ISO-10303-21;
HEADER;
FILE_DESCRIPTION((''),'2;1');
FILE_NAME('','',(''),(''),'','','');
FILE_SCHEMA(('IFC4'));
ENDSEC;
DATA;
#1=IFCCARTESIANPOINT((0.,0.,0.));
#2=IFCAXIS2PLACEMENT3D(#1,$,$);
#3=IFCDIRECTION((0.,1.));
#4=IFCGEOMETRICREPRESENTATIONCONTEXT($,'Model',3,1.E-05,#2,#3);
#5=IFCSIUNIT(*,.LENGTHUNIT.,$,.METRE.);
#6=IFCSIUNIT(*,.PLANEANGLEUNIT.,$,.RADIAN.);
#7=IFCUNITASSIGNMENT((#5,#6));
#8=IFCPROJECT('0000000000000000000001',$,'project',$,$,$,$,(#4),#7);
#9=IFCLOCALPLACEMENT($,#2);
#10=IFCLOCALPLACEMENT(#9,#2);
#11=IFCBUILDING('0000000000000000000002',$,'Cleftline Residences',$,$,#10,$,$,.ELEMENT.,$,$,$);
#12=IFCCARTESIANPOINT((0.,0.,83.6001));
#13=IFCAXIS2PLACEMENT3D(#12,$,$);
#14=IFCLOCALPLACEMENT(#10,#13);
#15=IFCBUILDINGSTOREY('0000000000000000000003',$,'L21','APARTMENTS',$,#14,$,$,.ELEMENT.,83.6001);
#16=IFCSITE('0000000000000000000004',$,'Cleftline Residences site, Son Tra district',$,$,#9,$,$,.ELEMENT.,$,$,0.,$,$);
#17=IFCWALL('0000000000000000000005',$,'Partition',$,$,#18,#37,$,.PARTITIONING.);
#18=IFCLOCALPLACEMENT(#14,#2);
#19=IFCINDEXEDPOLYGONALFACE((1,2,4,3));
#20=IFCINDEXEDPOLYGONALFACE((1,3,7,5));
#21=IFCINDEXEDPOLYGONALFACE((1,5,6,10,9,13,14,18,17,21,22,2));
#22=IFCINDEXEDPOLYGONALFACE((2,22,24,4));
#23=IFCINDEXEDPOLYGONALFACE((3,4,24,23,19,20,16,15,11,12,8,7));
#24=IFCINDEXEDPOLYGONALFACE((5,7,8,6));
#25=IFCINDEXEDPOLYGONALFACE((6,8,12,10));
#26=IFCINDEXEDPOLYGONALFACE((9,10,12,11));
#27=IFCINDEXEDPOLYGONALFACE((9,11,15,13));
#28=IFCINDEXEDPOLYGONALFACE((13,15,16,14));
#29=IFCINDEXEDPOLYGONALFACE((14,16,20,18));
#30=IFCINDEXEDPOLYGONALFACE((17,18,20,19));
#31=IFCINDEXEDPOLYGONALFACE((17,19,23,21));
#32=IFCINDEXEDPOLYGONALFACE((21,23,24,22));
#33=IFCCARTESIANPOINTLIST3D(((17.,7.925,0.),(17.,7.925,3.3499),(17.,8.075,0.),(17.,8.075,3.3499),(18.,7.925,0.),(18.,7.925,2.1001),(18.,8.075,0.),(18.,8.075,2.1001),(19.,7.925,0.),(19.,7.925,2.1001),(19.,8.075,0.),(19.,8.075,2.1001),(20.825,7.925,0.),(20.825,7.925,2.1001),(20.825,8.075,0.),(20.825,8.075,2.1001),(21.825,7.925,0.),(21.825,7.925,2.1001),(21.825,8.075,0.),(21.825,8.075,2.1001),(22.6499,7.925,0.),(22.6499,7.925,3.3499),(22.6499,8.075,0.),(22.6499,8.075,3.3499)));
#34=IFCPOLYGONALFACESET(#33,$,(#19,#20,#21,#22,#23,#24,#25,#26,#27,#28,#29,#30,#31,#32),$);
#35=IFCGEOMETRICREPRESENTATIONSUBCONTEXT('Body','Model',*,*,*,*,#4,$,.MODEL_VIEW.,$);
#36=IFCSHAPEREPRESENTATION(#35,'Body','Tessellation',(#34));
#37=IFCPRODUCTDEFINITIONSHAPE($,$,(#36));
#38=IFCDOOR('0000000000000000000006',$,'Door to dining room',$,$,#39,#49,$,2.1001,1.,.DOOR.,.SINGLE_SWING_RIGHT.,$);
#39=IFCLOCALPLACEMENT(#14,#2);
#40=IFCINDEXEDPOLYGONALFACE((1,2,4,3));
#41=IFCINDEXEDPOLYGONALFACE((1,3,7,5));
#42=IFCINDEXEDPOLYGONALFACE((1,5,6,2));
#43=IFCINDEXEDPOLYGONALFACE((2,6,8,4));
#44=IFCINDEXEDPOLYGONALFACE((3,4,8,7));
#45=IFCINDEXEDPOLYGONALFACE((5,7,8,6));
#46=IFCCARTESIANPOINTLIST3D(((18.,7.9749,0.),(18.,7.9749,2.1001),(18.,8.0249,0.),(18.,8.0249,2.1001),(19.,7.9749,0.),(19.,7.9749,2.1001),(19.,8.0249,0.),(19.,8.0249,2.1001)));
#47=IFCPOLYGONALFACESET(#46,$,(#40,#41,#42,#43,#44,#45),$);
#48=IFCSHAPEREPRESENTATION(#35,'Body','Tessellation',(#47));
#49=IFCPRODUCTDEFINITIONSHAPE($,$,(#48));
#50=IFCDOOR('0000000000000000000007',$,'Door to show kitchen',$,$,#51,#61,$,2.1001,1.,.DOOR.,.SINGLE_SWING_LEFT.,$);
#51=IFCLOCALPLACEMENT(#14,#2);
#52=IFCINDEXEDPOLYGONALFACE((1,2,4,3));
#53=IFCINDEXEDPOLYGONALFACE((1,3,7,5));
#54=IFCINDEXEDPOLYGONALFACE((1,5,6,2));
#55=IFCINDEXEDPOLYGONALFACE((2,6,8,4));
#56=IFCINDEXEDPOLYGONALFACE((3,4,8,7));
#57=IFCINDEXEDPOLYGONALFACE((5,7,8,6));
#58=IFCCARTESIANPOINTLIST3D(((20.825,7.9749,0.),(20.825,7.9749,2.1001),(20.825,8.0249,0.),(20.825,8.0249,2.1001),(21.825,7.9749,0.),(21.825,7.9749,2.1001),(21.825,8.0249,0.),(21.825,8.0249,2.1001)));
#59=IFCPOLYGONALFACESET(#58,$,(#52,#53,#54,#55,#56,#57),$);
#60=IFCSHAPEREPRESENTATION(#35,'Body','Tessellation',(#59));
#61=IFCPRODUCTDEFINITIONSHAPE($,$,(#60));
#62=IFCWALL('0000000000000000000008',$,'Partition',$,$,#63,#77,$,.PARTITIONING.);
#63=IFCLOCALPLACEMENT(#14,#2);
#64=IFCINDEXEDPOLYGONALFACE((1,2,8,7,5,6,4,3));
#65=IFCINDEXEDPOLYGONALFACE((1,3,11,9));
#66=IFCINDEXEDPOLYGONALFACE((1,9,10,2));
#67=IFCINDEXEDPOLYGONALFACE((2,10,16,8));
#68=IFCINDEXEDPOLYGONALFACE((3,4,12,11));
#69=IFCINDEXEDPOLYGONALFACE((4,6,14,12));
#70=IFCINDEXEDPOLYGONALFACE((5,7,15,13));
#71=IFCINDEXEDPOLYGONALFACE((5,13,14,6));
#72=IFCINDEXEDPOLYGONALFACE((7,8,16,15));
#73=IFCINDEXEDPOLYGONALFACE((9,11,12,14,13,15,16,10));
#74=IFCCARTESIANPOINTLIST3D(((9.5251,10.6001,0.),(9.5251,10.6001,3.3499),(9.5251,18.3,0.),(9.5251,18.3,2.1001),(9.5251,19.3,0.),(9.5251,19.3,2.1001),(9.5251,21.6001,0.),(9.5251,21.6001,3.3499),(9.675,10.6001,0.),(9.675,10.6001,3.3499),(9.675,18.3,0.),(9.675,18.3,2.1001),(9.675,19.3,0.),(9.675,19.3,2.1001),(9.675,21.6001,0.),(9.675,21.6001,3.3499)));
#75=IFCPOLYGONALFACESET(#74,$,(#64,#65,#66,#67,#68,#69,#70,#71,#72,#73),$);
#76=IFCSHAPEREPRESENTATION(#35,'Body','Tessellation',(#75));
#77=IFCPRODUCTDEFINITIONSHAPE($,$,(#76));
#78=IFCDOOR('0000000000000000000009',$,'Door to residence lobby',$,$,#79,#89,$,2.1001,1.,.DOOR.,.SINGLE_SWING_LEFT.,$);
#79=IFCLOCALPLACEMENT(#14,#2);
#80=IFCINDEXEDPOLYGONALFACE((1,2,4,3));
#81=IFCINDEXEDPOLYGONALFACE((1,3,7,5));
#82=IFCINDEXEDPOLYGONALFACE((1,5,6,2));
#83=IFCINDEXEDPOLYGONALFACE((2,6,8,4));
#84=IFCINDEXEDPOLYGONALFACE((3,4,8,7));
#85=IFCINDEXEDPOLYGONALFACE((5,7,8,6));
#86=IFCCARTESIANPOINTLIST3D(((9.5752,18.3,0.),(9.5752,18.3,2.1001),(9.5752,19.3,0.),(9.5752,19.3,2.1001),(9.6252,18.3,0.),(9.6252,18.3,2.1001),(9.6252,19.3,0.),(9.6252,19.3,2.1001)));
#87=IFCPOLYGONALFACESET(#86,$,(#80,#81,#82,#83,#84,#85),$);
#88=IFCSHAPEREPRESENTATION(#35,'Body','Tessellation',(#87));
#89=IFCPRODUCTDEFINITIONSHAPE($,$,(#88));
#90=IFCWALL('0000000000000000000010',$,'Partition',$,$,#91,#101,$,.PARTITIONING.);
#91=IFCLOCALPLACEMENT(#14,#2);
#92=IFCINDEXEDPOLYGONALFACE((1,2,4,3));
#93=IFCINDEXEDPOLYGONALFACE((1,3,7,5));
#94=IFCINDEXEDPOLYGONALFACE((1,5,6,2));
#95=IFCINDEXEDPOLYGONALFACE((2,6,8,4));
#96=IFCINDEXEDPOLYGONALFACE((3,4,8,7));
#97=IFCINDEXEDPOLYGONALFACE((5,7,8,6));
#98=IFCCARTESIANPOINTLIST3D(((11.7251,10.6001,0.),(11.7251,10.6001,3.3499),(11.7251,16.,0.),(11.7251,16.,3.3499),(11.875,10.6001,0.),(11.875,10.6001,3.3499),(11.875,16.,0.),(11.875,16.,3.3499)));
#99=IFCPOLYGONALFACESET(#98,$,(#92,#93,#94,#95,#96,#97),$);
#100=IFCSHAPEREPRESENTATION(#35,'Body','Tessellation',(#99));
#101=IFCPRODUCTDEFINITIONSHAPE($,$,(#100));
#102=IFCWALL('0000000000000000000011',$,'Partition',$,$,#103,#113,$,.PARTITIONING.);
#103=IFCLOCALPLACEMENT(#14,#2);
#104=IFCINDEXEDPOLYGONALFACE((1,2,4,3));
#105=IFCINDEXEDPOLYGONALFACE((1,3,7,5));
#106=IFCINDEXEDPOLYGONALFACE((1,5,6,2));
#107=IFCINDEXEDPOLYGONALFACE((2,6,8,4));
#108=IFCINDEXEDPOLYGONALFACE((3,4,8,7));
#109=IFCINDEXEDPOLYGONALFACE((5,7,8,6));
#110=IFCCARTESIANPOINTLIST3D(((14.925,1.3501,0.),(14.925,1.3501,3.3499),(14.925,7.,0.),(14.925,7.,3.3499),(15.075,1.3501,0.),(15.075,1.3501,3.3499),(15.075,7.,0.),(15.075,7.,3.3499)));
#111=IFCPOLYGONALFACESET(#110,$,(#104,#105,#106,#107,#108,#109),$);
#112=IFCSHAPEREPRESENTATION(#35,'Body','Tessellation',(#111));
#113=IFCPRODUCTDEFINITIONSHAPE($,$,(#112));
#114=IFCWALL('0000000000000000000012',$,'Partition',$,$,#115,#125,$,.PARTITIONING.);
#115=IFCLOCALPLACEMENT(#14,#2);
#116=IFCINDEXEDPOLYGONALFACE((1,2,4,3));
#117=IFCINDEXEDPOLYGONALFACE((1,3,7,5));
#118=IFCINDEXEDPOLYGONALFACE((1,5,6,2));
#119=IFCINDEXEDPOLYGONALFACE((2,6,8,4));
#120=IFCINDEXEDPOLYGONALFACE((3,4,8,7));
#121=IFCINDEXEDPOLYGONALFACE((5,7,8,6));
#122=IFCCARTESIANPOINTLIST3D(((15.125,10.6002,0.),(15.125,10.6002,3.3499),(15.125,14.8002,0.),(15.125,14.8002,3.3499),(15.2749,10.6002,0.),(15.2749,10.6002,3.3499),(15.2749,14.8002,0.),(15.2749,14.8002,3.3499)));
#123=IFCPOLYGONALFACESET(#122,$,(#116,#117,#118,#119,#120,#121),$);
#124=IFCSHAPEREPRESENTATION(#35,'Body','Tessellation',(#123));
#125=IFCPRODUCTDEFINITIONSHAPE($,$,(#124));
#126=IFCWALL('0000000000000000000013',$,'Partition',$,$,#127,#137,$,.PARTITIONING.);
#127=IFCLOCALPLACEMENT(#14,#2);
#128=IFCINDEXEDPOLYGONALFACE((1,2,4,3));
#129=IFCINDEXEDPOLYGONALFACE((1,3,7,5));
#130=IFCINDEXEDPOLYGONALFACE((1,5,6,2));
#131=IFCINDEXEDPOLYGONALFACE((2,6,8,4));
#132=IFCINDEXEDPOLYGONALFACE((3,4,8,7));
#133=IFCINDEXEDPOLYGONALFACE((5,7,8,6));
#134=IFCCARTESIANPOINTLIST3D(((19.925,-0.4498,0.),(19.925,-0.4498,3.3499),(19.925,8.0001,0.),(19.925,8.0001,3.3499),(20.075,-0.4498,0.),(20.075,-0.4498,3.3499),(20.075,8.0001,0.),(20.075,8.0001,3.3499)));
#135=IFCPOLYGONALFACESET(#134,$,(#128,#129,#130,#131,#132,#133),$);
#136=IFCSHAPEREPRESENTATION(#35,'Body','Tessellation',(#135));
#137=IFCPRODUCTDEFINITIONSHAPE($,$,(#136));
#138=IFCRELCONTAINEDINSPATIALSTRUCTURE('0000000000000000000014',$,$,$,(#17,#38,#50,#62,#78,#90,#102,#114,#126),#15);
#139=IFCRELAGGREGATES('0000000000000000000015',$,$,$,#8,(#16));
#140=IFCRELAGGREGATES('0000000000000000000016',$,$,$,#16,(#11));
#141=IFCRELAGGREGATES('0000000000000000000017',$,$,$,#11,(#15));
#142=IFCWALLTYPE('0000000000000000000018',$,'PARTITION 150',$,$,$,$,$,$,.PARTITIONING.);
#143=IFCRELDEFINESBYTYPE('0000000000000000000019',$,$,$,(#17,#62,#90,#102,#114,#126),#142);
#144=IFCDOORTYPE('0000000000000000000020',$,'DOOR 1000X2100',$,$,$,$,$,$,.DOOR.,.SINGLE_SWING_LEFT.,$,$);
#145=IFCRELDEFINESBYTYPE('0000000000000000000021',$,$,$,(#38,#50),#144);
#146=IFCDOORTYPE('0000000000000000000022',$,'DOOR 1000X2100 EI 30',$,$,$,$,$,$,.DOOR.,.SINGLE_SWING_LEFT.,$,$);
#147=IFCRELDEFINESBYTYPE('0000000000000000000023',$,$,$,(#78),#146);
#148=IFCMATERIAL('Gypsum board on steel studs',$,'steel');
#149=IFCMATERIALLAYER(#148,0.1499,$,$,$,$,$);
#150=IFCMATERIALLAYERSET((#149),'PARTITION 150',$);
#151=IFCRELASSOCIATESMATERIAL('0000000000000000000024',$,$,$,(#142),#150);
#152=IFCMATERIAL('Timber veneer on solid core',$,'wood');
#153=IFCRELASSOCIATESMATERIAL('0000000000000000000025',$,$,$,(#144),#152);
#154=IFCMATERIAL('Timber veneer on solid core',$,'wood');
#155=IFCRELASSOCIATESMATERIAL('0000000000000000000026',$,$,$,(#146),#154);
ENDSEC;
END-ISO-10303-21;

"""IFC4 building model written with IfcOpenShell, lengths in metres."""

from ifc_helpers import new_model, si_unit, direction, frame, frame_2d, origin, place, context, subcontext, project, spatial, rectangle, extrude, material, layer, layer_set, type_object, element, fill, save


model = new_model("IFC4")

# Units and contexts
model_context = context("Model", 3, precision=1e-05, world=origin(), true_north=direction((0.0, 1.0)))
body_context = subcontext(model_context, "Body", "Model", "MODEL_VIEW")
ifc_project = project(units=[si_unit("LENGTHUNIT", "METRE"), si_unit("PLANEANGLEUNIT", "RADIAN")], contexts=[model_context])

# Site, building, storey
site_placement = place(None, origin())
site = spatial("IfcSite", under=ifc_project, at=site_placement, Name="Cleftline Residences site, Son Tra district", CompositionType="ELEMENT", RefElevation=0.0)
building_placement = place(site_placement, origin())
building = spatial("IfcBuilding", under=site, at=building_placement, Name="Cleftline Residences", CompositionType="ELEMENT")
storey_placement = place(building_placement, frame((0.0, 0.0, 83.6001)))
storey = spatial("IfcBuildingStorey", under=building, at=storey_placement, Name="L21", Description="APARTMENTS", CompositionType="ELEMENT", Elevation=83.6001)

# Shared definitions
ifc_material_1 = material(Name="Gypsum board on steel studs", Category="steel")
ifc_layer_1 = layer(ifc_material_1, 0.1499)
ifc_layer_set_1 = layer_set([ifc_layer_1], Name="PARTITION 150")
wall_type = type_object("IfcWallType", Name="PARTITION 150", PredefinedType="PARTITIONING", material=ifc_layer_set_1)
ifc_material_2 = material(Name="Timber veneer on solid core", Category="wood")
door_type_1 = type_object("IfcDoorType", Name="DOOR 1000X2100", OperationType="SINGLE_SWING_LEFT", PredefinedType="DOOR", material=ifc_material_2)

# Wall, openings, doors
wall_1_placement = place(storey_placement, frame((17.0, 8.0, 0.0), z_axis=(0.0, 0.0, 1.0), x_axis=(1.0, 0.0, 0.0)))
wall_1 = element("IfcWall", 1, at=wall_1_placement, inside=storey, type_object=wall_type, Name="Partition", PredefinedType="PARTITIONING", context=body_context, shape_type="SweptSolid", body=[
    extrude(rectangle(XDim=5.6499, YDim=0.1499, at=frame_2d((2.825, 0.0))), origin(), (0.0, 0.0, 1.0), 3.3499),
])
opening_1_placement = place(wall_1_placement, frame((1.0, 0.0, 0.0)))
opening_1 = element("IfcOpeningElement", 2, at=opening_1_placement, cuts=wall_1, PredefinedType="OPENING", context=body_context, shape_type="SweptSolid", body=[
    extrude(rectangle(XDim=1.0, YDim=2.1001, at=frame_2d((0.5, 1.05))), frame((0.0, 0.085, 0.0), z_axis=(0.0, -1.0, 0.0), x_axis=(1.0, 0.0, 0.0)), (0.0, 0.0, 1.0), 0.1699),
])
opening_2_placement = place(wall_1_placement, frame((3.825, 0.0, 0.0)))
opening_2 = element("IfcOpeningElement", 3, at=opening_2_placement, cuts=wall_1, PredefinedType="OPENING", context=body_context, shape_type="SweptSolid", body=[
    extrude(rectangle(XDim=1.0, YDim=2.1001, at=frame_2d((0.5, 1.05))), frame((0.0, 0.085, 0.0), z_axis=(0.0, -1.0, 0.0), x_axis=(1.0, 0.0, 0.0)), (0.0, 0.0, 1.0), 0.1699),
])
door_1_placement = place(opening_1_placement, origin())
door_1 = element("IfcDoor", 4, at=door_1_placement, inside=storey, type_object=door_type_1, Name="Door to dining room", OperationType="SINGLE_SWING_RIGHT", OverallHeight=2.1001, OverallWidth=1.0, PredefinedType="DOOR", context=body_context, shape_type="SweptSolid", body=[
    extrude(rectangle(XDim=1.0, YDim=2.1001, at=frame_2d((0.5, 1.05))), frame((0.0, 0.0249, 0.0), z_axis=(0.0, -1.0, 0.0), x_axis=(1.0, 0.0, 0.0)), (0.0, 0.0, 1.0), 0.05),
])
fill(opening_1, door_1)
door_2_placement = place(opening_2_placement, origin())
door_2 = element("IfcDoor", 5, at=door_2_placement, inside=storey, type_object=door_type_1, Name="Door to show kitchen", OperationType="SINGLE_SWING_LEFT", OverallHeight=2.1001, OverallWidth=1.0, PredefinedType="DOOR", context=body_context, shape_type="SweptSolid", body=[
    extrude(rectangle(XDim=1.0, YDim=2.1001, at=frame_2d((0.5, 1.05))), frame((0.0, 0.0249, 0.0), z_axis=(0.0, -1.0, 0.0), x_axis=(1.0, 0.0, 0.0)), (0.0, 0.0, 1.0), 0.05),
])
fill(opening_2, door_2)

# Wall, opening, door
wall_2_placement = place(storey_placement, frame((9.6001, 10.6001, 0.0), z_axis=(0.0, 0.0, 1.0), x_axis=(0.0, 1.0, 0.0)))
wall_2 = element("IfcWall", 6, at=wall_2_placement, inside=storey, type_object=wall_type, Name="Partition", PredefinedType="PARTITIONING", context=body_context, shape_type="SweptSolid", body=[
    extrude(rectangle(XDim=11.0, YDim=0.1499, at=frame_2d((5.5, 0.0))), origin(), (0.0, 0.0, 1.0), 3.3499),
])
opening_3_placement = place(wall_2_placement, frame((7.7, 0.0, 0.0)))
opening_3 = element("IfcOpeningElement", 7, at=opening_3_placement, cuts=wall_2, PredefinedType="OPENING", context=body_context, shape_type="SweptSolid", body=[
    extrude(rectangle(XDim=1.0, YDim=2.1001, at=frame_2d((0.5, 1.05))), frame((0.0, 0.085, 0.0), z_axis=(0.0, -1.0, 0.0), x_axis=(1.0, 0.0, 0.0)), (0.0, 0.0, 1.0), 0.1699),
])
ifc_material_3 = material(Name="Timber veneer on solid core", Category="wood")
door_type_2 = type_object("IfcDoorType", Name="DOOR 1000X2100 EI 30", OperationType="SINGLE_SWING_LEFT", PredefinedType="DOOR", material=ifc_material_3)
door_3_placement = place(opening_3_placement, origin())
door_3 = element("IfcDoor", 8, at=door_3_placement, inside=storey, type_object=door_type_2, Name="Door to residence lobby", OperationType="SINGLE_SWING_LEFT", OverallHeight=2.1001, OverallWidth=1.0, PredefinedType="DOOR", context=body_context, shape_type="SweptSolid", body=[
    extrude(rectangle(XDim=1.0, YDim=2.1001, at=frame_2d((0.5, 1.05))), frame((0.0, 0.0249, 0.0), z_axis=(0.0, -1.0, 0.0), x_axis=(1.0, 0.0, 0.0)), (0.0, 0.0, 1.0), 0.05),
])
fill(opening_3, door_3)

# Walls
wall_3_placement = place(storey_placement, frame((11.8, 10.6001, 0.0), z_axis=(0.0, 0.0, 1.0), x_axis=(0.0, 1.0, 0.0)))
element("IfcWall", 9, at=wall_3_placement, inside=storey, type_object=wall_type, Name="Partition", PredefinedType="PARTITIONING", context=body_context, shape_type="SweptSolid", body=[
    extrude(rectangle(XDim=5.3999, YDim=0.1499, at=frame_2d((2.7, 0.0))), origin(), (0.0, 0.0, 1.0), 3.3499),
])
wall_4_placement = place(storey_placement, frame((15.0, 1.3501, 0.0), z_axis=(0.0, 0.0, 1.0), x_axis=(0.0, 1.0, 0.0)))
element("IfcWall", 10, at=wall_4_placement, inside=storey, type_object=wall_type, Name="Partition", PredefinedType="PARTITIONING", context=body_context, shape_type="SweptSolid", body=[
    extrude(rectangle(XDim=5.6499, YDim=0.1499, at=frame_2d((2.825, 0.0))), origin(), (0.0, 0.0, 1.0), 3.3499),
])
wall_5_placement = place(storey_placement, frame((15.2, 10.6001, 0.0), z_axis=(0.0, 0.0, 1.0), x_axis=(0.0, 1.0, 0.0)))
element("IfcWall", 11, at=wall_5_placement, inside=storey, type_object=wall_type, Name="Partition", PredefinedType="PARTITIONING", context=body_context, shape_type="SweptSolid", body=[
    extrude(rectangle(XDim=4.2, YDim=0.1499, at=frame_2d((2.1001, 0.0))), origin(), (0.0, 0.0, 1.0), 3.3499),
])
wall_6_placement = place(storey_placement, frame((20.0, -0.45, 0.0), z_axis=(0.0, 0.0, 1.0), x_axis=(0.0, 1.0, 0.0)))
element("IfcWall", 12, at=wall_6_placement, inside=storey, type_object=wall_type, Name="Partition", PredefinedType="PARTITIONING", context=body_context, shape_type="SweptSolid", body=[
    extrude(rectangle(XDim=8.45, YDim=0.1499, at=frame_2d((4.2251, 0.0))), origin(), (0.0, 0.0, 1.0), 3.3499),
])

save(model, "model.ifc")
